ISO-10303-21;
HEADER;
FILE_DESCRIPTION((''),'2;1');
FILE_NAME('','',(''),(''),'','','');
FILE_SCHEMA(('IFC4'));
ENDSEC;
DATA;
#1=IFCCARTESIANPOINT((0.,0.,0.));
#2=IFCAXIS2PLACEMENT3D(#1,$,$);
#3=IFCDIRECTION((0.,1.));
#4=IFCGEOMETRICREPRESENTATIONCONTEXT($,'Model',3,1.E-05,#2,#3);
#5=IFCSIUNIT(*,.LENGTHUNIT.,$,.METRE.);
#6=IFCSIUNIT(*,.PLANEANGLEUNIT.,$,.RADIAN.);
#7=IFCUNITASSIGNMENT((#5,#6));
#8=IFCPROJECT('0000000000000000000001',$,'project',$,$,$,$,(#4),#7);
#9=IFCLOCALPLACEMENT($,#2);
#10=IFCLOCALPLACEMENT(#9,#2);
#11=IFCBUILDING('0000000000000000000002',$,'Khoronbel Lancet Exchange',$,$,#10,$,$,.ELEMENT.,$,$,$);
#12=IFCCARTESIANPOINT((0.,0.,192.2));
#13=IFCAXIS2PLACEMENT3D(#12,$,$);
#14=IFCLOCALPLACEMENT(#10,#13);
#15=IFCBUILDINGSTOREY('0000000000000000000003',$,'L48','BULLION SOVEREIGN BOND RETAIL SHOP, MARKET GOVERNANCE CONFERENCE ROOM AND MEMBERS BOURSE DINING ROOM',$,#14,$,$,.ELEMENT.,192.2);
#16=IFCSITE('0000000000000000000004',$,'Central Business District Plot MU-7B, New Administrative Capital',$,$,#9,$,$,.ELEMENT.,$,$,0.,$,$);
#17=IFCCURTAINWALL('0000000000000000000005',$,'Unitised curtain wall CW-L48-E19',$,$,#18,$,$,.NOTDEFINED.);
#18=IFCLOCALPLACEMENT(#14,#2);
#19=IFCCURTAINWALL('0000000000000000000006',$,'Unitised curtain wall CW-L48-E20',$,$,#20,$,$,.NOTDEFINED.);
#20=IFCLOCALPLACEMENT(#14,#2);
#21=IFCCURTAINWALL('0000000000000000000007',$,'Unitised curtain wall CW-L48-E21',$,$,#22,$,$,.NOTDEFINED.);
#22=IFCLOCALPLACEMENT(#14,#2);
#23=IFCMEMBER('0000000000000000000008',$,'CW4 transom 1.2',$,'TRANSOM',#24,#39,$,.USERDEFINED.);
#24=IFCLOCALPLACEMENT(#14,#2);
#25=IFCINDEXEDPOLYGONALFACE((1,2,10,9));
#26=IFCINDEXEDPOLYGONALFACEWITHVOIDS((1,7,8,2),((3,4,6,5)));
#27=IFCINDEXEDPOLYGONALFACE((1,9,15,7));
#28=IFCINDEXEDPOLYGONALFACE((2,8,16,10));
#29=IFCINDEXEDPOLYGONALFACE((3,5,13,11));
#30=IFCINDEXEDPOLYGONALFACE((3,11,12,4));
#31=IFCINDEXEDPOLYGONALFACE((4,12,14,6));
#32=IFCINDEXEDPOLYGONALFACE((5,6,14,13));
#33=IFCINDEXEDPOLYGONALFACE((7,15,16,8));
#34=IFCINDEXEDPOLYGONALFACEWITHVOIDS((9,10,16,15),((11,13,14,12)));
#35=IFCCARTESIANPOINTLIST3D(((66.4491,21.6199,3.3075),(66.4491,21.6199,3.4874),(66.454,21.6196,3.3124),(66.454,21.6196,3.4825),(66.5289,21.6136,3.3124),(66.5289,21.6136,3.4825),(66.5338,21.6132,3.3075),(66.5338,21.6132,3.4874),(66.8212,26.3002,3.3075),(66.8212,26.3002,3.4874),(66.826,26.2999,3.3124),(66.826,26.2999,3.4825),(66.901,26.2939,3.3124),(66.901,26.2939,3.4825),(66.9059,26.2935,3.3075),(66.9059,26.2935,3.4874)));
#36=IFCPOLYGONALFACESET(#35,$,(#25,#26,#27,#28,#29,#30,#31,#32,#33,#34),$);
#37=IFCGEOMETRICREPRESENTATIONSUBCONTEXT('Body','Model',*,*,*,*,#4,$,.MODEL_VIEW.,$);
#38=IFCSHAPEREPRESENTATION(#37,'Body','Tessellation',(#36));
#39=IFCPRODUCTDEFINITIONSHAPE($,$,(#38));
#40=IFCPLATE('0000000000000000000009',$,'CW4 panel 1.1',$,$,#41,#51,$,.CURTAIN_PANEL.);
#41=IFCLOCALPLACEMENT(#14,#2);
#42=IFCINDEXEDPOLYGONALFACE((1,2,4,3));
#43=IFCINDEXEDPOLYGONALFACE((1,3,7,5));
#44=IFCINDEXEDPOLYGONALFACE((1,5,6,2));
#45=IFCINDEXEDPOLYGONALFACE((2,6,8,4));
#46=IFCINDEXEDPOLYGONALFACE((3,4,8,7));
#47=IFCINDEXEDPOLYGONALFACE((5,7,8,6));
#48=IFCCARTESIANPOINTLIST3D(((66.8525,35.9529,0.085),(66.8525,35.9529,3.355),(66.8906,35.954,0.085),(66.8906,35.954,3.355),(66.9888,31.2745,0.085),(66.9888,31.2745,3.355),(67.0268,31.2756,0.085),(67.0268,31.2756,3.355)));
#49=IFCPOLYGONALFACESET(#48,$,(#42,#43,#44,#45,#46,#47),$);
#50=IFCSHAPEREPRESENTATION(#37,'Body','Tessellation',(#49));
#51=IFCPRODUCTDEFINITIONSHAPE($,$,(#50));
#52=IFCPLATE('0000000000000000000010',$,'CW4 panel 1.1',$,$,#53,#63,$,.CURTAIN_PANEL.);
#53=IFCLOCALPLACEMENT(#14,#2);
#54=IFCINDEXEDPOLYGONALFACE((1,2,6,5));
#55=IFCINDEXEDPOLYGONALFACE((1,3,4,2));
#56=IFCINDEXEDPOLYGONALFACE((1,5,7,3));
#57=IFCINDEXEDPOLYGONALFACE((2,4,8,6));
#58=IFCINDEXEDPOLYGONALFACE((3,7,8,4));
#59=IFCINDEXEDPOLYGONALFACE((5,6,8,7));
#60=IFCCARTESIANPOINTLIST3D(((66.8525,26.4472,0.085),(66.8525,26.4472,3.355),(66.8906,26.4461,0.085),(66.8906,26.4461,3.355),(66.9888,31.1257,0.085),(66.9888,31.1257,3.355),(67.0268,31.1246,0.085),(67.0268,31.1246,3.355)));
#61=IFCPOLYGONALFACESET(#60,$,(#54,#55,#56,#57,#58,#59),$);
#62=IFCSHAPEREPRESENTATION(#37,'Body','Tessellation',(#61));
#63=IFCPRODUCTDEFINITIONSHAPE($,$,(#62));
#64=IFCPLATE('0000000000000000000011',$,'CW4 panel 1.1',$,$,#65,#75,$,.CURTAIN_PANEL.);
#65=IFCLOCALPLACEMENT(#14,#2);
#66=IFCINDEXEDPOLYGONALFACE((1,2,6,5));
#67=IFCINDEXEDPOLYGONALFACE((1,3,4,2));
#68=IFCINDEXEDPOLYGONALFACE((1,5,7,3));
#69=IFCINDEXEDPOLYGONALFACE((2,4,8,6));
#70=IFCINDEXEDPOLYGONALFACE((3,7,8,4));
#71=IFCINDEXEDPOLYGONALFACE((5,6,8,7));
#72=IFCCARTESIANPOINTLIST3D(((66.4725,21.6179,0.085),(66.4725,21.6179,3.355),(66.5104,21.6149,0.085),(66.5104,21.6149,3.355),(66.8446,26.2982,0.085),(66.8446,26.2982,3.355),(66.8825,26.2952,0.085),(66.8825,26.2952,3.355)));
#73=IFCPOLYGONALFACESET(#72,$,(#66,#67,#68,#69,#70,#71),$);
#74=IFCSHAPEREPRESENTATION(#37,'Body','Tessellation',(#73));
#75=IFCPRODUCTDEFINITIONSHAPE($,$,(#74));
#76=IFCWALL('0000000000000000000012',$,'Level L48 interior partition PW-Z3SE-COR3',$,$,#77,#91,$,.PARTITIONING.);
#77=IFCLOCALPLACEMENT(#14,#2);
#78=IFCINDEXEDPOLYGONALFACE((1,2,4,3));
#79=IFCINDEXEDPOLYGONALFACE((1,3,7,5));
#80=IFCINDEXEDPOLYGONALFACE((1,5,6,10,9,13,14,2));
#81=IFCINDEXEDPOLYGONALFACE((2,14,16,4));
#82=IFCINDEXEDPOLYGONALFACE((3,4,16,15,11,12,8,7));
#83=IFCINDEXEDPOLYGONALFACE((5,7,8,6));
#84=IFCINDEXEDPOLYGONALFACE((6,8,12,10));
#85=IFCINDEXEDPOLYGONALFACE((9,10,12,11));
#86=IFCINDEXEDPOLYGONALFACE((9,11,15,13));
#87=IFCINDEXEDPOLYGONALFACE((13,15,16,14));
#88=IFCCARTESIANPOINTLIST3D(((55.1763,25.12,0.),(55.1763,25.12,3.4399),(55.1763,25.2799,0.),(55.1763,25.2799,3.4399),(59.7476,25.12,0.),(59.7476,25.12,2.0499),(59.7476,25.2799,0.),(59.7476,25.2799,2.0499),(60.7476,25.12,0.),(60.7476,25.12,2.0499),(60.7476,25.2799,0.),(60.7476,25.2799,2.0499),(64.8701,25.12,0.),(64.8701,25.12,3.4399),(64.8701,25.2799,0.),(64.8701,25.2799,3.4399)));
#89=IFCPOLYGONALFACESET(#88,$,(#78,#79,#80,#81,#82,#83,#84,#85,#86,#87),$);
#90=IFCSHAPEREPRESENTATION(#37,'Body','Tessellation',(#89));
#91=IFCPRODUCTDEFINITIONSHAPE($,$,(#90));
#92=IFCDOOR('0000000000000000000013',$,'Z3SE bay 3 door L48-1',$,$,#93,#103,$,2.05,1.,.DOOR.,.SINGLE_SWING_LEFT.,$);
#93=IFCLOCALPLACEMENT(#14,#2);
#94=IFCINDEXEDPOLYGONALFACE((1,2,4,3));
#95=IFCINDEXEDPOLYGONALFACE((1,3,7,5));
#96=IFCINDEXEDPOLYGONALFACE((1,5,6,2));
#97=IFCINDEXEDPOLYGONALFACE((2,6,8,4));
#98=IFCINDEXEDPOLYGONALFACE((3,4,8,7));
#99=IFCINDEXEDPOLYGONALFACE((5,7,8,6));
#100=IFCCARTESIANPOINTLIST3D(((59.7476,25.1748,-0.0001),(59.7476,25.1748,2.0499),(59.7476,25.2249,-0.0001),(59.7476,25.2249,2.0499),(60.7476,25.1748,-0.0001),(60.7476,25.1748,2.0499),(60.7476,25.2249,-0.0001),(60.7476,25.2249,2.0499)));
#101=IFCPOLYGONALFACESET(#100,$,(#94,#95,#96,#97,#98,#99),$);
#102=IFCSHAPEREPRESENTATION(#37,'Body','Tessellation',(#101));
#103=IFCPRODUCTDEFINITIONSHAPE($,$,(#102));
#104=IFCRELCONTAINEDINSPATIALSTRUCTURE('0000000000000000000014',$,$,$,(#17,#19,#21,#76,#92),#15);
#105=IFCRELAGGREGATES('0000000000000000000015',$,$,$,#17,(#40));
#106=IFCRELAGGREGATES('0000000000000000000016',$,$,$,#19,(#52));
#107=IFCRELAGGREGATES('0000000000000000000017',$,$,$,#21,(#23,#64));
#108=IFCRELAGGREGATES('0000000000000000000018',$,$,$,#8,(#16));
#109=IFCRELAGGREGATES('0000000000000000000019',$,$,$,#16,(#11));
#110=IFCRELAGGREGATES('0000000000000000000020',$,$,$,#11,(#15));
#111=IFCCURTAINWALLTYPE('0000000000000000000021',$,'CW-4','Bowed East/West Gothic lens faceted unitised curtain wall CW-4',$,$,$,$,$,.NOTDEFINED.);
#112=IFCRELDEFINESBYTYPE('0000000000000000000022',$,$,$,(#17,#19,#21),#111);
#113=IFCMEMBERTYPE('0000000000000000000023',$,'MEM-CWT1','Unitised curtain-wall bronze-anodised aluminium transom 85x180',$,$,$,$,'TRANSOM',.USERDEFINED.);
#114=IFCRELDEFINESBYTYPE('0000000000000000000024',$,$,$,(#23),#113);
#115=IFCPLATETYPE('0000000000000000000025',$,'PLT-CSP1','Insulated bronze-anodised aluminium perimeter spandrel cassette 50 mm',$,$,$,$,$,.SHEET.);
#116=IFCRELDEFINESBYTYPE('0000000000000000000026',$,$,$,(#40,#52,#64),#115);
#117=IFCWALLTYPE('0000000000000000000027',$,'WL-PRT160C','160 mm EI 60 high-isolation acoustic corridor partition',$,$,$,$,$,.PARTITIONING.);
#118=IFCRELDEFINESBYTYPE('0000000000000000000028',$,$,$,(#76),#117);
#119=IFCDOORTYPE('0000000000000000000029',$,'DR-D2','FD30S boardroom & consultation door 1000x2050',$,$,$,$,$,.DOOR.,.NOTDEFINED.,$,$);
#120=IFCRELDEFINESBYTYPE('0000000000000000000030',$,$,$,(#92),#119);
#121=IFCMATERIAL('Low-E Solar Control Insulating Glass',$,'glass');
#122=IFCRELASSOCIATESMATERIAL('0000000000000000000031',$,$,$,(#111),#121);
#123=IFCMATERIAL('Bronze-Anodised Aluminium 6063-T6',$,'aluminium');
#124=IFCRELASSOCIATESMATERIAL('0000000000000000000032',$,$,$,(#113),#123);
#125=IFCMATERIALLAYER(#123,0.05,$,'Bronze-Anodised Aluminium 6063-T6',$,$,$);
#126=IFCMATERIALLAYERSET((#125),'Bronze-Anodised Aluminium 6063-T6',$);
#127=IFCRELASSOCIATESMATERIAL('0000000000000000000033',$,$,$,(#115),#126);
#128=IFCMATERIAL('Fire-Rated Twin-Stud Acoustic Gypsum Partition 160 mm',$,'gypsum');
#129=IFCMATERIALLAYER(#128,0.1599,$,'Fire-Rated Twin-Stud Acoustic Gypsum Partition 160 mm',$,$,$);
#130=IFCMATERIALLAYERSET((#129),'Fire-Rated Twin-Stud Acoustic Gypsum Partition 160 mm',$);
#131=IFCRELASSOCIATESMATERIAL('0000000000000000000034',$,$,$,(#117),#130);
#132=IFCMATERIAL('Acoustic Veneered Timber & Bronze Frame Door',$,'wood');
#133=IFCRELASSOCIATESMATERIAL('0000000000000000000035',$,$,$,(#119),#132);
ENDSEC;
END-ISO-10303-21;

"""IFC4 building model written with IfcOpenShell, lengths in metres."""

from ifc_helpers import new_model, si_unit, direction, frame, frame_2d, origin, origin_2d, place, context, subcontext, project, spatial, rectangle, hollow_rectangle, extrude, material, layer, layer_set, material_profile, profile_set, type_object, element, fill, aggregate, save


model = new_model("IFC4")

# Units and contexts
model_context = context("Model", 3, precision=1e-05, world=origin(), true_north=direction((0.0, 1.0)))
body_context = subcontext(model_context, "Body", "Model", "MODEL_VIEW")
ifc_project = project(units=[si_unit("LENGTHUNIT", "METRE"), si_unit("PLANEANGLEUNIT", "RADIAN")], contexts=[model_context])

# Site, building, storey
site_placement = place(None, origin())
site = spatial("IfcSite", under=ifc_project, at=site_placement, Name="Central Business District Plot MU-7B, New Administrative Capital", CompositionType="ELEMENT", RefElevation=0.0)
building_placement = place(site_placement, origin())
building = spatial("IfcBuilding", under=site, at=building_placement, Name="Khoronbel Lancet Exchange", CompositionType="ELEMENT")
storey_placement = place(building_placement, frame((0.0, 0.0, 192.2)))
storey = spatial("IfcBuildingStorey", under=building, at=storey_placement, Name="L48", Description="BULLION SOVEREIGN BOND RETAIL SHOP, MARKET GOVERNANCE CONFERENCE ROOM AND MEMBERS BOURSE DINING ROOM", CompositionType="ELEMENT", Elevation=192.2)

# Curtain wall
ifc_material_1 = material(Name="Low-E Solar Control Insulating Glass", Category="glass")
curtain_wall_type = type_object("IfcCurtainWallType", Name="CW-4", Description="Bowed East/West Gothic lens faceted unitised curtain wall CW-4", PredefinedType="NOTDEFINED", material=ifc_material_1)
curtain_wall_1_placement = place(storey_placement, origin())
curtain_wall_1 = element("IfcCurtainWall", 1, at=curtain_wall_1_placement, inside=storey, type_object=curtain_wall_type, Name="Unitised curtain wall CW-L48-E19", PredefinedType="NOTDEFINED")
ifc_material_2 = material(Name="Bronze-Anodised Aluminium 6063-T6", Category="aluminium")

# Curtain walls
curtain_wall_2_placement = place(storey_placement, origin())
curtain_wall_2 = element("IfcCurtainWall", 2, at=curtain_wall_2_placement, inside=storey, type_object=curtain_wall_type, Name="Unitised curtain wall CW-L48-E20", PredefinedType="NOTDEFINED")
curtain_wall_3_placement = place(storey_placement, origin())
curtain_wall_3 = element("IfcCurtainWall", 3, at=curtain_wall_3_placement, inside=storey, type_object=curtain_wall_type, Name="Unitised curtain wall CW-L48-E21", PredefinedType="NOTDEFINED")

# Member
ifc_material_profile_1 = material_profile(ifc_material_2, hollow_rectangle(XDim=0.085, YDim=0.1799, WallThickness=0.0049, at=origin_2d()), Name="ALU TRANSOM 85x180")
ifc_profile_set_1 = profile_set([ifc_material_profile_1], Name="Bronze-Anodised Aluminium 6063-T6")
member_type_1 = type_object("IfcMemberType", Name="MEM-CWT1", Description="Unitised curtain-wall bronze-anodised aluminium transom 85x180", ElementType="TRANSOM", PredefinedType="USERDEFINED", material=ifc_profile_set_1)
member_1_placement = place(storey_placement, frame((66.8635, 26.2969, 3.3975), z_axis=(-0.079245, -0.996855, 0.0), x_axis=(0.996855, -0.079245, 0.0)))
member_1 = element("IfcMember", 4, at=member_1_placement, type_object=member_type_1, Name="CW4 transom 1.2", ObjectType="TRANSOM", PredefinedType="USERDEFINED", context=body_context, shape_type="SweptSolid", body=[
    extrude(hollow_rectangle(XDim=0.085, YDim=0.1799, WallThickness=0.0049, at=origin_2d()), origin(), (0.0, 0.0, 1.0), 4.6951),
])

# Plates
ifc_layer_1 = layer(ifc_material_2, 0.05, Name="Bronze-Anodised Aluminium 6063-T6")
ifc_layer_set_1 = layer_set([ifc_layer_1], Name="Bronze-Anodised Aluminium 6063-T6")
plate_type = type_object("IfcPlateType", Name="PLT-CSP1", Description="Insulated bronze-anodised aluminium perimeter spandrel cassette 50 mm", PredefinedType="SHEET", material=ifc_layer_set_1)
plate_1_placement = place(storey_placement, frame((66.9397, 33.6143, 0.085), z_axis=(0.0, 0.0, 1.0), x_axis=(0.029107, -0.999576, 0.0)))
plate_1 = element("IfcPlate", 5, at=plate_1_placement, type_object=plate_type, Name="CW4 panel 1.1", PredefinedType="CURTAIN_PANEL", context=body_context, shape_type="SweptSolid", body=[
    extrude(rectangle(XDim=4.6804, YDim=0.0381, at=origin_2d()), origin(), (0.0, 0.0, 1.0), 3.27),
])
aggregate(curtain_wall_1, [plate_1])
plate_2_placement = place(storey_placement, frame((66.9397, 28.7859, 0.085), z_axis=(0.0, 0.0, 1.0), x_axis=(-0.029107, -0.999576, 0.0)))
plate_2 = element("IfcPlate", 6, at=plate_2_placement, type_object=plate_type, Name="CW4 panel 1.1", PredefinedType="CURTAIN_PANEL", context=body_context, shape_type="SweptSolid", body=[
    extrude(rectangle(XDim=4.6804, YDim=0.0381, at=origin_2d()), origin(), (0.0, 0.0, 1.0), 3.27),
])
aggregate(curtain_wall_2, [plate_2])
plate_3_placement = place(storey_placement, frame((66.6775, 23.9565, 0.085), z_axis=(0.0, 0.0, 1.0), x_axis=(-0.079255, -0.996854, 0.0)))
plate_3 = element("IfcPlate", 7, at=plate_3_placement, type_object=plate_type, Name="CW4 panel 1.1", PredefinedType="CURTAIN_PANEL", context=body_context, shape_type="SweptSolid", body=[
    extrude(rectangle(XDim=4.6951, YDim=0.0381, at=origin_2d()), origin(), (0.0, 0.0, 1.0), 3.27),
])
aggregate(curtain_wall_3, [member_1, plate_3])

# Wall, opening, door
ifc_material_3 = material(Name="Fire-Rated Twin-Stud Acoustic Gypsum Partition 160 mm", Category="gypsum")
ifc_layer_2 = layer(ifc_material_3, 0.1599, Name="Fire-Rated Twin-Stud Acoustic Gypsum Partition 160 mm")
ifc_layer_set_2 = layer_set([ifc_layer_2], Name="Fire-Rated Twin-Stud Acoustic Gypsum Partition 160 mm")
wall_type = type_object("IfcWallType", Name="WL-PRT160C", Description="160 mm EI 60 high-isolation acoustic corridor partition", PredefinedType="PARTITIONING", material=ifc_layer_set_2)
wall_placement = place(storey_placement, frame((55.1763, 25.2, 0.0), z_axis=(0.0, 0.0, 1.0), x_axis=(1.0, 0.0, 0.0)))
wall = element("IfcWall", 8, at=wall_placement, inside=storey, type_object=wall_type, Name="Level L48 interior partition PW-Z3SE-COR3", PredefinedType="PARTITIONING", context=body_context, shape_type="SweptSolid", body=[
    extrude(rectangle(XDim=9.6938, YDim=0.1599, at=frame_2d((4.8469, 0.0))), origin(), (0.0, 0.0, 1.0), 3.4399),
])
opening_placement = place(wall_placement, frame((4.5713, 0.0, 0.0)))
opening = element("IfcOpeningElement", 9, at=opening_placement, cuts=wall, PredefinedType="OPENING", context=body_context, shape_type="SweptSolid", body=[
    extrude(rectangle(XDim=1.0, YDim=2.05, at=frame_2d((0.5, 1.0249))), frame((0.0, 0.0898, 0.0), z_axis=(0.0, -1.0, 0.0), x_axis=(1.0, 0.0, 0.0)), (0.0, 0.0, 1.0), 0.1799),
])
ifc_material_4 = material(Name="Acoustic Veneered Timber & Bronze Frame Door", Category="wood")
door_type = type_object("IfcDoorType", Name="DR-D2", Description="FD30S boardroom & consultation door 1000x2050", OperationType="NOTDEFINED", PredefinedType="DOOR", material=ifc_material_4)
door_placement = place(opening_placement, origin())
door = element("IfcDoor", 10, at=door_placement, inside=storey, type_object=door_type, Name="Z3SE bay 3 door L48-1", OperationType="SINGLE_SWING_LEFT", OverallHeight=2.05, OverallWidth=1.0, PredefinedType="DOOR", context=body_context, shape_type="SweptSolid", body=[
    extrude(rectangle(XDim=1.0, YDim=2.05, at=frame_2d((0.5, 1.0249))), frame((0.0, 0.0249, 0.0), z_axis=(0.0, -1.0, 0.0), x_axis=(1.0, 0.0, 0.0)), (0.0, 0.0, 1.0), 0.05),
])
fill(opening, door)

save(model, "model.ifc")
